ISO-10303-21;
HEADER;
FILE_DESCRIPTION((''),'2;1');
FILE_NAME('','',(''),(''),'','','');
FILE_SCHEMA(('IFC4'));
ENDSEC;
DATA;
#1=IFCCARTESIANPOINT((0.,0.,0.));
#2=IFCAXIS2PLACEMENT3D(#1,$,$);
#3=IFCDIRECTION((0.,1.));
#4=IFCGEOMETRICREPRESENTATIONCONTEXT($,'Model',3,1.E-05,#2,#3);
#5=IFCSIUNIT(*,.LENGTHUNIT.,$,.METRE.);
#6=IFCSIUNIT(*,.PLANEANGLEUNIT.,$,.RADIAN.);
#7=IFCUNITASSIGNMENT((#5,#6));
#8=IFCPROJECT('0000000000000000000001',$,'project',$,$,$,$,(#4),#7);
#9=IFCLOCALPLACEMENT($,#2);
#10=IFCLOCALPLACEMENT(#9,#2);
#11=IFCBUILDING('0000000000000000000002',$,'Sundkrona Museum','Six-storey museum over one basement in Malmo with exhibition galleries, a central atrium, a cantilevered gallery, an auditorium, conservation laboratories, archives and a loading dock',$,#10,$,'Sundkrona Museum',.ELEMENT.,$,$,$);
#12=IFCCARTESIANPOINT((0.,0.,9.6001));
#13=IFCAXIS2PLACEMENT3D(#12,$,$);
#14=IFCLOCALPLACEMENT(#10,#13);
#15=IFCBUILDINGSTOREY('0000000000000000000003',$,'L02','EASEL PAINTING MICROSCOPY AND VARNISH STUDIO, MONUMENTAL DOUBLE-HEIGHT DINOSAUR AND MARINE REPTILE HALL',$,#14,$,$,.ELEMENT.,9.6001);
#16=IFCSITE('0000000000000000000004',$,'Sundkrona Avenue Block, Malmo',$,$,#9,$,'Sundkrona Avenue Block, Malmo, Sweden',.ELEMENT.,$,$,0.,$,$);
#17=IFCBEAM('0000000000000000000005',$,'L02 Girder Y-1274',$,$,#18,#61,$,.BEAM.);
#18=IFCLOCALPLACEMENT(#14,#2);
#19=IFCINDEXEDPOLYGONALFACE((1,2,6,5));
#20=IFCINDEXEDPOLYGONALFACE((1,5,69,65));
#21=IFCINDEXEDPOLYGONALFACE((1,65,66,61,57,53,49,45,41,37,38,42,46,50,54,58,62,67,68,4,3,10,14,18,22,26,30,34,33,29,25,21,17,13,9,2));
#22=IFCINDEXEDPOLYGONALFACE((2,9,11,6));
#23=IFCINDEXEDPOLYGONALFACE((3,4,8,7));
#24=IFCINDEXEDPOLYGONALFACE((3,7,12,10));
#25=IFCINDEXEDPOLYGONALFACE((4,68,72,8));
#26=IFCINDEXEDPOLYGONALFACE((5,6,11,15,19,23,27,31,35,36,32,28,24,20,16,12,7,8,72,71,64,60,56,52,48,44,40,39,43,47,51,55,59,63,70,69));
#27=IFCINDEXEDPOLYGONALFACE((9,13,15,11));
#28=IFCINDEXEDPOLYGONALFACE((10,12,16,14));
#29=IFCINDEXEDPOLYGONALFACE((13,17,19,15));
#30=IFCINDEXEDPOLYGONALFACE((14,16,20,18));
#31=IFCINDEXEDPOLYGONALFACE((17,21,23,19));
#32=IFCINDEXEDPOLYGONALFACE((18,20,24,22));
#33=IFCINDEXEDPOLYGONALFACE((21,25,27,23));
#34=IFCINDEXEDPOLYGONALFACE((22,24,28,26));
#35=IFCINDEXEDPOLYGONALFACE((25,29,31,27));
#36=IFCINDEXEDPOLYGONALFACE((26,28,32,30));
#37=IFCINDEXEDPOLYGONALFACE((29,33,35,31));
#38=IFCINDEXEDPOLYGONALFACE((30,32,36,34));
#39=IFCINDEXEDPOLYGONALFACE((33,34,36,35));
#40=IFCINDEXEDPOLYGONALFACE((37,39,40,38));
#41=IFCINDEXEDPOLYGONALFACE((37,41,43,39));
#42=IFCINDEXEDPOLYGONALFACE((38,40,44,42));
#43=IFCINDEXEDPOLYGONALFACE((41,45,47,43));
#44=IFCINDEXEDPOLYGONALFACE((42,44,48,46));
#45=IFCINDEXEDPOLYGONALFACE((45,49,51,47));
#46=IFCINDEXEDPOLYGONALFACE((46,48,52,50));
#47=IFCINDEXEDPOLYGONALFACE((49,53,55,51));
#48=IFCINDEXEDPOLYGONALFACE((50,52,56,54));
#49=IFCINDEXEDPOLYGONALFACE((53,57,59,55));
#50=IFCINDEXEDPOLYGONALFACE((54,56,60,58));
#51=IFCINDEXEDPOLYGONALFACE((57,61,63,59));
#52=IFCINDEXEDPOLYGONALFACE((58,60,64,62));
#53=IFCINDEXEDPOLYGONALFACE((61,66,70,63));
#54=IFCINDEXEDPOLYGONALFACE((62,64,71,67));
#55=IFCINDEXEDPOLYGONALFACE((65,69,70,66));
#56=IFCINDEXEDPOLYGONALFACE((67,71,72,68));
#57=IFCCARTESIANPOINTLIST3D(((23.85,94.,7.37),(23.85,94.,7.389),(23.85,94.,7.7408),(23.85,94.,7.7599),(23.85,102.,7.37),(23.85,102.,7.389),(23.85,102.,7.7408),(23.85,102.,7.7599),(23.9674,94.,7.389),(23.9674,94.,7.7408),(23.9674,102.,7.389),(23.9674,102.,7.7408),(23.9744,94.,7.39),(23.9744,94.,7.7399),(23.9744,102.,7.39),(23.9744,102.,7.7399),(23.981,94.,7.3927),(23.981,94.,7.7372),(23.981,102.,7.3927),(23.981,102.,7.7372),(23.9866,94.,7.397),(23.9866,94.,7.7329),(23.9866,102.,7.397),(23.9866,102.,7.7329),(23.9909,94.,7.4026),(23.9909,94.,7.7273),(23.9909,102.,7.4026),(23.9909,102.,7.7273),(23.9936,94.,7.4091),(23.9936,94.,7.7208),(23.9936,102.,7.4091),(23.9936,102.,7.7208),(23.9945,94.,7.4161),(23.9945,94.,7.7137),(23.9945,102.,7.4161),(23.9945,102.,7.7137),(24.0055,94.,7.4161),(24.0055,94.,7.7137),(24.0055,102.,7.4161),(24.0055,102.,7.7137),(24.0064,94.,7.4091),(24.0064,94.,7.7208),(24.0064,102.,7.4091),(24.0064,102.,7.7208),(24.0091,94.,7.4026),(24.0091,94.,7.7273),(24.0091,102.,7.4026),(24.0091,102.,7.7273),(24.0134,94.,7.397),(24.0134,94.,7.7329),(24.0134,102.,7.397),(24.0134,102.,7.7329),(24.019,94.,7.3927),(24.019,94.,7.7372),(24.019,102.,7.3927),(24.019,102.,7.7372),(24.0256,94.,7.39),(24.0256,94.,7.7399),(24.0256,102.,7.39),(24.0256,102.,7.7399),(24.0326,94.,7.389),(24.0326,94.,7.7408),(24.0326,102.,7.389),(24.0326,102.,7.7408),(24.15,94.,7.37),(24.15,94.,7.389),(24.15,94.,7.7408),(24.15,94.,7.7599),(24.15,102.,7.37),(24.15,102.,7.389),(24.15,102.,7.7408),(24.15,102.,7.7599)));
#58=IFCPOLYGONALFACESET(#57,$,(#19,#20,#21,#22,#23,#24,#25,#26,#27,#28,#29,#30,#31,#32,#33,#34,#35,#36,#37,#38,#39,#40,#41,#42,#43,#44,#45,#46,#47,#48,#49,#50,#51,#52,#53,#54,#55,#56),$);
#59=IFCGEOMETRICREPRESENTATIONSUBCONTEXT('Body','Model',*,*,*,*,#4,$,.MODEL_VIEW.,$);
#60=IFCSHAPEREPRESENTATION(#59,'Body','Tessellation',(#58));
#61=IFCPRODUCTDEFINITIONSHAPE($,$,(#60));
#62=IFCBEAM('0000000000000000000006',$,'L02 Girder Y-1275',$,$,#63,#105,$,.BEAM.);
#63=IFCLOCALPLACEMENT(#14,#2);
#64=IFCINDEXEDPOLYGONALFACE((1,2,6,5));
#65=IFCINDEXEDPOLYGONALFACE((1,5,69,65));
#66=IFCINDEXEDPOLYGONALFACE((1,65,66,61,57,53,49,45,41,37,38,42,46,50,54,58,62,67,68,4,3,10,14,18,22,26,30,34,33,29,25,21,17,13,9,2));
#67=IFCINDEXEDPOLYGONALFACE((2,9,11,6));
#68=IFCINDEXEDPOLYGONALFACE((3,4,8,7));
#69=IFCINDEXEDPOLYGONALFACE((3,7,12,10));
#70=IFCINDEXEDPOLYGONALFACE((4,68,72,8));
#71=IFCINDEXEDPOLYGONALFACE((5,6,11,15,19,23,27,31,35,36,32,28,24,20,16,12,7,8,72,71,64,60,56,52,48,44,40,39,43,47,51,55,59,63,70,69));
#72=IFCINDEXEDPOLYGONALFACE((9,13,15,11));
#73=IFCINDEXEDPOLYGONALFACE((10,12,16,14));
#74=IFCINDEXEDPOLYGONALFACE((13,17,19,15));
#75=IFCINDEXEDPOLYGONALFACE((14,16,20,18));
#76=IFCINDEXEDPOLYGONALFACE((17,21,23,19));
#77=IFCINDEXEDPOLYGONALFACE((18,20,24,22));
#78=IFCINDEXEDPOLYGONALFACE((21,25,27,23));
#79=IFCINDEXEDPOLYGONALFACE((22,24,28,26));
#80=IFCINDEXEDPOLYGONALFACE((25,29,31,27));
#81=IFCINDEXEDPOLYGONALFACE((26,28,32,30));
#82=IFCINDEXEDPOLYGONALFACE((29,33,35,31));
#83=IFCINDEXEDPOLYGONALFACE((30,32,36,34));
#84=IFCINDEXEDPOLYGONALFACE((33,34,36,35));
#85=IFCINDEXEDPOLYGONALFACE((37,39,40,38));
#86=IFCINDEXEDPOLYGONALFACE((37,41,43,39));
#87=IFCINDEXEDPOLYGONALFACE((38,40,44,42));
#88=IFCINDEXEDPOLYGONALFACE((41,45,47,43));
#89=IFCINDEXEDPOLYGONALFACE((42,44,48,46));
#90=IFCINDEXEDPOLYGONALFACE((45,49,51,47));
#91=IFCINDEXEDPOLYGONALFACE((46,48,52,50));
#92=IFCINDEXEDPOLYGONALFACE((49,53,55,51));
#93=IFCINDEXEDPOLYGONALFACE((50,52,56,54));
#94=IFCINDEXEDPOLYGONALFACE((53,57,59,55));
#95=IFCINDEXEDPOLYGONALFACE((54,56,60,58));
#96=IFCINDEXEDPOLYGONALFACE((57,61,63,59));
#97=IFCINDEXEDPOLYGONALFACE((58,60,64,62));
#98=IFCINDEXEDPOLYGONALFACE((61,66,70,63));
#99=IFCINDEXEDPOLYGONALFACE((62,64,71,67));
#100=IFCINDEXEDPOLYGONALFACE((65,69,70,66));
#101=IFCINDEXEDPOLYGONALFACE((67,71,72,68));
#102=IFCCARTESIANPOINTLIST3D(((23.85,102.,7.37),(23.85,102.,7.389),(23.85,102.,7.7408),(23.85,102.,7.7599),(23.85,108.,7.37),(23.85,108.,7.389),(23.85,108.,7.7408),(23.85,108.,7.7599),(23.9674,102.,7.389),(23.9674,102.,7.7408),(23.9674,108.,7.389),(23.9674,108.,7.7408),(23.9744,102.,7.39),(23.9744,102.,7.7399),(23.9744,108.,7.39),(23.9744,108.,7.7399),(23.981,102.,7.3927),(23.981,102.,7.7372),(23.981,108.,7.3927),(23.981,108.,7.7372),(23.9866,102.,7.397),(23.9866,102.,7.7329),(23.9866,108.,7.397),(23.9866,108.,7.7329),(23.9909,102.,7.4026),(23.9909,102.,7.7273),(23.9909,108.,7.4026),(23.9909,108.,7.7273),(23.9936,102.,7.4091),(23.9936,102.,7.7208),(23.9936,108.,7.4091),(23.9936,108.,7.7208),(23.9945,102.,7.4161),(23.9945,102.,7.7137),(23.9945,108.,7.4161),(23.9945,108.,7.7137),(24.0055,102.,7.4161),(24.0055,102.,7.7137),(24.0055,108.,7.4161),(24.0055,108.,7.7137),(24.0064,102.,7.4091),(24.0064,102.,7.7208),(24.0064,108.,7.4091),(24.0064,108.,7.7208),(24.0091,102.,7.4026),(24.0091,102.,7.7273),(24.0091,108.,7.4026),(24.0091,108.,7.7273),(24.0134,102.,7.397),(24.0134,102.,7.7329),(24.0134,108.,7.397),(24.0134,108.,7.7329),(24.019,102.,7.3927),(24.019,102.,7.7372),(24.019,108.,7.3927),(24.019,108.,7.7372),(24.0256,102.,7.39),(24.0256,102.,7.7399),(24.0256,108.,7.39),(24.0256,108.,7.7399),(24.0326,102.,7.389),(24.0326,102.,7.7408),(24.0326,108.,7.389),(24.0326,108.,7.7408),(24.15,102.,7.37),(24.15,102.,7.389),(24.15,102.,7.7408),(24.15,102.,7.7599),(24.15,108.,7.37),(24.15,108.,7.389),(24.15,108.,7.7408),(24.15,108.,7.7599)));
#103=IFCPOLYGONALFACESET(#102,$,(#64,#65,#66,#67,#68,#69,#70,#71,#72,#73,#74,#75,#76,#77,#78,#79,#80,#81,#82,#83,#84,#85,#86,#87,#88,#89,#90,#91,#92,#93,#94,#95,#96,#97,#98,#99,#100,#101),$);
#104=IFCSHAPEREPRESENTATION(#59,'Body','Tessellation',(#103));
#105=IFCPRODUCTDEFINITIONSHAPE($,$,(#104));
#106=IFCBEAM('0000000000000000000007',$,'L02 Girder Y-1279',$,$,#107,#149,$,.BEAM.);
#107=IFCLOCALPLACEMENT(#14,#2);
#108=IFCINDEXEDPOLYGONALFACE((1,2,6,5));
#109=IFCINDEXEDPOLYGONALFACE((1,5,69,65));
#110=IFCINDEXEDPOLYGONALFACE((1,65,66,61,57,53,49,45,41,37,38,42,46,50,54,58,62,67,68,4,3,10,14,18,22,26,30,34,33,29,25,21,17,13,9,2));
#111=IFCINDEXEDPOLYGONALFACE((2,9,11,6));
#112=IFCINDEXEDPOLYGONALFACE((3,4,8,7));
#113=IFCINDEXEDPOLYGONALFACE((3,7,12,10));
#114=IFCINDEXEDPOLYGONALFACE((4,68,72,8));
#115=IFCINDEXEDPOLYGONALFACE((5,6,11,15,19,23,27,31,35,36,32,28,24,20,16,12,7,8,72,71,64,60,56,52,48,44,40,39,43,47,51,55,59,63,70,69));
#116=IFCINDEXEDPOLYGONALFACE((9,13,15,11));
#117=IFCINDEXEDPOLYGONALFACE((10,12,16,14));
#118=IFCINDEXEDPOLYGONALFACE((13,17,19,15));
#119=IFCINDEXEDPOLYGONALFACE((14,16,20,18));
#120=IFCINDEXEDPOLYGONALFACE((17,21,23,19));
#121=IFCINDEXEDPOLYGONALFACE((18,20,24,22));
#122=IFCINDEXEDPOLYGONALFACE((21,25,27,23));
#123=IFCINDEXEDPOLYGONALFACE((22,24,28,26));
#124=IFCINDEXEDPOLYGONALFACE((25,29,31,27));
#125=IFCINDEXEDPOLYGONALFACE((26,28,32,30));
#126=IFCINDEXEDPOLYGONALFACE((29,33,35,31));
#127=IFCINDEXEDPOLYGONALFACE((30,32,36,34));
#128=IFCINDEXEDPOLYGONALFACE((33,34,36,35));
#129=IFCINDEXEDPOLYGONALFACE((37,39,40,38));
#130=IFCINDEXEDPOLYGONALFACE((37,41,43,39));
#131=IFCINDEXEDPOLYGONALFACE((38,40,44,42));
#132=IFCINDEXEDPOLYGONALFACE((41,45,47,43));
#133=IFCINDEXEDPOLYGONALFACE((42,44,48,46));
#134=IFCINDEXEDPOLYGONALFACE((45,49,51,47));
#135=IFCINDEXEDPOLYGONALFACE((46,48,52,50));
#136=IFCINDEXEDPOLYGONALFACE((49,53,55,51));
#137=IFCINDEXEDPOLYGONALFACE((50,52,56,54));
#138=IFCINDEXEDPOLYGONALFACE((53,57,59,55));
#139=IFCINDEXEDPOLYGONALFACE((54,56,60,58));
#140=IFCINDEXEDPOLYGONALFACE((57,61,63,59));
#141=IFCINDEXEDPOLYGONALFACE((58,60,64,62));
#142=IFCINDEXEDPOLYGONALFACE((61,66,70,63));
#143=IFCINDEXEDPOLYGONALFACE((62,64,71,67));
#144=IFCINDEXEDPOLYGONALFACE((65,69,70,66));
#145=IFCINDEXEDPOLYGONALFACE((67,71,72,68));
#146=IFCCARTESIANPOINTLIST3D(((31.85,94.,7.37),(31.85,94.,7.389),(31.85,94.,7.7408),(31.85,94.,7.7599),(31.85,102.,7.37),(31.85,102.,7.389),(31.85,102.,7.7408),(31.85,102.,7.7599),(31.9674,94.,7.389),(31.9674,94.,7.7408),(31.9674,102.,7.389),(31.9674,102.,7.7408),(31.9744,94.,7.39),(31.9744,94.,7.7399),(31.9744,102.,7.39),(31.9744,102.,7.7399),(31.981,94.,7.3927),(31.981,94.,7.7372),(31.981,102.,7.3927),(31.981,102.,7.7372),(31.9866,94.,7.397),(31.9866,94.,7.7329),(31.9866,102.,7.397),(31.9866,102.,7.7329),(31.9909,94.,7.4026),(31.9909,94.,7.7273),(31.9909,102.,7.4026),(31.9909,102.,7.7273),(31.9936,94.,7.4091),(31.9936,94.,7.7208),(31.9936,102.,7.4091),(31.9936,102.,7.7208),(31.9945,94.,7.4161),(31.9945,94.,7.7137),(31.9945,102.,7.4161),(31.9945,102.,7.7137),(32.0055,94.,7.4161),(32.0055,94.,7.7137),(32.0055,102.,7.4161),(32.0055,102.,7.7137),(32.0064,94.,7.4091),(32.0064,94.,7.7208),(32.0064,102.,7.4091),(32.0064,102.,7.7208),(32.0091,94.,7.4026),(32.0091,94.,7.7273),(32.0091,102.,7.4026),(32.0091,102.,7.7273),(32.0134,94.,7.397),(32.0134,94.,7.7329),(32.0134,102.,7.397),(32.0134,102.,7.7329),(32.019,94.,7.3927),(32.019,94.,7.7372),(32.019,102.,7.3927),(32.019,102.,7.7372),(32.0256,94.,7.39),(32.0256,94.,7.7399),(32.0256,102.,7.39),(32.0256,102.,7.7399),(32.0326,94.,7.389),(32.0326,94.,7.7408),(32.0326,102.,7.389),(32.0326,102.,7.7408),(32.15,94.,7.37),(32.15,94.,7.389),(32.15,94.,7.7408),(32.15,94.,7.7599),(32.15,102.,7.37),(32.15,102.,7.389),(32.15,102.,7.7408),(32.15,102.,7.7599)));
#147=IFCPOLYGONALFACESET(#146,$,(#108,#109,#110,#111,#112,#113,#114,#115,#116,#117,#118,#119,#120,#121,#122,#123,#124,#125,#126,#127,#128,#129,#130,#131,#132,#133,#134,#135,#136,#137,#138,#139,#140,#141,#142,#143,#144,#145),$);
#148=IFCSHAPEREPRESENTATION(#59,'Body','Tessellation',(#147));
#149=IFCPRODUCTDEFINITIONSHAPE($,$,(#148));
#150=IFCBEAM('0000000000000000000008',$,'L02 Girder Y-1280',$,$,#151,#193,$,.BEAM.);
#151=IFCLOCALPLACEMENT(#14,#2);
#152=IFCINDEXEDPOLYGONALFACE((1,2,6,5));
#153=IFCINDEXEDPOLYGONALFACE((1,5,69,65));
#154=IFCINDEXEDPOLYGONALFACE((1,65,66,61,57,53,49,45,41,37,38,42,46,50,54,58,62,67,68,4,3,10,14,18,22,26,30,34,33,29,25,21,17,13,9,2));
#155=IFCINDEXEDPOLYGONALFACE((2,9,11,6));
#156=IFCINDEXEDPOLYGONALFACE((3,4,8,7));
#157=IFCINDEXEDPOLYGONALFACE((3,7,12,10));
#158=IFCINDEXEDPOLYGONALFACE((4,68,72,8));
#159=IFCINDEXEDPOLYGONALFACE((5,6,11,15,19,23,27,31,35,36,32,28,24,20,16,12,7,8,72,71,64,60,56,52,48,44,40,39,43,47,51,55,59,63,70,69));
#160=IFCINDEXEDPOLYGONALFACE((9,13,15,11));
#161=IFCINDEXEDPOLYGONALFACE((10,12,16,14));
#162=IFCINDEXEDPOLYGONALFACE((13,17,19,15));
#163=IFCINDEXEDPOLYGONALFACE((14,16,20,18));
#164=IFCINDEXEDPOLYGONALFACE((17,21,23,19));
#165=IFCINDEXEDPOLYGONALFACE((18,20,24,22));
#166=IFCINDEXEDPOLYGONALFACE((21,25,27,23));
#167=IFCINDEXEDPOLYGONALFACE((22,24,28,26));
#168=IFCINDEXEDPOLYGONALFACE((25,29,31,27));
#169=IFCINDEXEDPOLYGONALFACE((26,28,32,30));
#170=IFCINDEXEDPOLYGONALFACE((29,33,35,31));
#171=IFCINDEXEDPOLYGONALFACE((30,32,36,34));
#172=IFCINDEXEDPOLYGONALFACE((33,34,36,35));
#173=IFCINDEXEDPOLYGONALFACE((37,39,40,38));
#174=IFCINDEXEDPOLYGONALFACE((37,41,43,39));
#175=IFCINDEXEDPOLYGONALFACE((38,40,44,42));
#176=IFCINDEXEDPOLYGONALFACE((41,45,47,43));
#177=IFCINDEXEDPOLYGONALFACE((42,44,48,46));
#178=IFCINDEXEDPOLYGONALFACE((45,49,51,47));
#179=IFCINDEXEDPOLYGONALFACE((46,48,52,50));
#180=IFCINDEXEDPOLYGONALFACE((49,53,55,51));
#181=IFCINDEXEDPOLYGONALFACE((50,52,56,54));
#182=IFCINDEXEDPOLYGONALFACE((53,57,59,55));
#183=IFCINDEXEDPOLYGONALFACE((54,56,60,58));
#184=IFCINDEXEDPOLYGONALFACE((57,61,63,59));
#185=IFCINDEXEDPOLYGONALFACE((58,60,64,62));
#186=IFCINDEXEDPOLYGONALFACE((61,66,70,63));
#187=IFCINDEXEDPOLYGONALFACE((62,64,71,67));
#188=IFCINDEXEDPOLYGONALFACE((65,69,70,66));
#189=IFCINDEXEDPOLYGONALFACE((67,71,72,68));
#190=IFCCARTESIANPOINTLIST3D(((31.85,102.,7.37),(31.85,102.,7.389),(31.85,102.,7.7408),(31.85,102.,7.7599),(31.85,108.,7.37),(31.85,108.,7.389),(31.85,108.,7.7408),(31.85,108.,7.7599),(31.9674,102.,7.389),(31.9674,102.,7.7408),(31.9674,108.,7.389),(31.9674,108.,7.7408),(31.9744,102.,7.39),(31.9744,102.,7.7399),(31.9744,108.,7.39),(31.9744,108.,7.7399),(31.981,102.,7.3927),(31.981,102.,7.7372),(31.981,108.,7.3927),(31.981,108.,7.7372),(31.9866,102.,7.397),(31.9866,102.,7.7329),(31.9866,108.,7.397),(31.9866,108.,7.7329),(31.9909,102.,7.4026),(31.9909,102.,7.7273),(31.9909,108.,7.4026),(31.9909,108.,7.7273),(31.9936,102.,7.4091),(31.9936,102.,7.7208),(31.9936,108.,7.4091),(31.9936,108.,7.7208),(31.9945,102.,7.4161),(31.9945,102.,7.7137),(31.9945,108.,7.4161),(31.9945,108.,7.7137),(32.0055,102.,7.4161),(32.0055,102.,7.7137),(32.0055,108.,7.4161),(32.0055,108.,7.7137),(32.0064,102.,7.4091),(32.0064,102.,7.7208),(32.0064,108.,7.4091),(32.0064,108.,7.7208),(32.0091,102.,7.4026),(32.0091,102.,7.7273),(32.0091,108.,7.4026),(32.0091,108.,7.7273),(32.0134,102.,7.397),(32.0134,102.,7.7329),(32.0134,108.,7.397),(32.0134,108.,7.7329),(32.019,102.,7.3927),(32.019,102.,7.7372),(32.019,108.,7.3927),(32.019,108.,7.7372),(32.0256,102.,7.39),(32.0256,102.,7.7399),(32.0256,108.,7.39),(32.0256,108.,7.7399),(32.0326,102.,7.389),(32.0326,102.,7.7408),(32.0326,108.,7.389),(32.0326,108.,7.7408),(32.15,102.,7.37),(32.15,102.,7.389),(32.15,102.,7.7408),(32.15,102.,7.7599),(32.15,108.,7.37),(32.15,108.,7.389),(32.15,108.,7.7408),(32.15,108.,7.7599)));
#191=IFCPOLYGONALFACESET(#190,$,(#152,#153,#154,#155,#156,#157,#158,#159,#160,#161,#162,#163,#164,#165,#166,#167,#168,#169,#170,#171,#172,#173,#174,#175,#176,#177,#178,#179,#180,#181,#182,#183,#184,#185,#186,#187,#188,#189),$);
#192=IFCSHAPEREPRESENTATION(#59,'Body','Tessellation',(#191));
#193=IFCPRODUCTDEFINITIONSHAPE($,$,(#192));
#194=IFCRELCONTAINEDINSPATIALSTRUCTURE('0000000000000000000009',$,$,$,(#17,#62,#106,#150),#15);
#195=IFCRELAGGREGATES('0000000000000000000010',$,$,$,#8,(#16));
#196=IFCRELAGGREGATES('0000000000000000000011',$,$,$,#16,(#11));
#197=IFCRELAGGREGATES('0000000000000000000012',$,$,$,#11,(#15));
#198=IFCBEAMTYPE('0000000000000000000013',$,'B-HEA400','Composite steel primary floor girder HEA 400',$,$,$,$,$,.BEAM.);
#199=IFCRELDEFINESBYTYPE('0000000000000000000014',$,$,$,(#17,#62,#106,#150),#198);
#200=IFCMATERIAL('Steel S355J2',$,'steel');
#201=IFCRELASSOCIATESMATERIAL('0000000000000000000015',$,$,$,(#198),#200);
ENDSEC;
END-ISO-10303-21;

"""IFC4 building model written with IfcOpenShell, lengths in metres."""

from ifc_helpers import new_model, si_unit, direction, frame, origin, origin_2d, place, context, subcontext, project, spatial, i_section, extrude, material, material_profile, profile_set, type_object, element, save


model = new_model("IFC4")

# Units and contexts
model_context = context("Model", 3, precision=1e-05, world=origin(), true_north=direction((0.0, 1.0)))
body_context = subcontext(model_context, "Body", "Model", "MODEL_VIEW")
ifc_project = project(units=[si_unit("LENGTHUNIT", "METRE"), si_unit("PLANEANGLEUNIT", "RADIAN")], contexts=[model_context])

# Site, building, storey
site_placement = place(None, origin())
site = spatial("IfcSite", under=ifc_project, at=site_placement, Name="Sundkrona Avenue Block, Malmo", LongName="Sundkrona Avenue Block, Malmo, Sweden", CompositionType="ELEMENT", RefElevation=0.0)
building_placement = place(site_placement, origin())
building = spatial("IfcBuilding", under=site, at=building_placement, Name="Sundkrona Museum", Description="Six-storey museum over one basement in Malmo with exhibition galleries, a central atrium, a cantilevered gallery, an auditorium, conservation laboratories, archives and a loading dock", LongName="Sundkrona Museum", CompositionType="ELEMENT")
storey_placement = place(building_placement, frame((0.0, 0.0, 9.6001)))
storey = spatial("IfcBuildingStorey", under=building, at=storey_placement, Name="L02", Description="EASEL PAINTING MICROSCOPY AND VARNISH STUDIO, MONUMENTAL DOUBLE-HEIGHT DINOSAUR AND MARINE REPTILE HALL", CompositionType="ELEMENT", Elevation=9.6001)

# Shared definitions
ifc_material_1 = material(Name="Steel S355J2", Category="steel")

# Beams
ifc_material_profile_1 = material_profile(ifc_material_1, i_section(OverallWidth=0.3, OverallDepth=0.3899, WebThickness=0.011, FlangeThickness=0.019, FilletRadius=0.0271, at=origin_2d()), Name="HEA 400")
ifc_profile_set_1 = profile_set([ifc_material_profile_1], Name="Steel S355J2")
beam_type_1 = type_object("IfcBeamType", Name="B-HEA400", Description="Composite steel primary floor girder HEA 400", PredefinedType="BEAM", material=ifc_profile_set_1)
for number, where, z_axis, x_axis, name in (
    (1, (24.0, 94.0, 7.5649), (0.0, 1.0, 0.0), (-1.0, 0.0, 0.0), "L02 Girder Y-1274"),
):
    element("IfcBeam", number, at=place(storey_placement, frame(where, z_axis=z_axis, x_axis=x_axis)), inside=storey, type_object=beam_type_1, Name=name, PredefinedType="BEAM", context=body_context, shape_type="SweptSolid", body=[
        extrude(i_section(OverallWidth=0.3, OverallDepth=0.3899, WebThickness=0.011, FlangeThickness=0.019, FilletRadius=0.0271, at=origin_2d()), origin(), (0.0, 0.0, 1.0), 8.0),
    ])
beam_1_placement = place(storey_placement, frame((24.0, 102.0, 7.5649), z_axis=(0.0, 1.0, 0.0), x_axis=(-1.0, 0.0, 0.0)))
element("IfcBeam", 2, at=beam_1_placement, inside=storey, type_object=beam_type_1, Name="L02 Girder Y-1275", PredefinedType="BEAM", context=body_context, shape_type="SweptSolid", body=[
    extrude(i_section(OverallWidth=0.3, OverallDepth=0.3899, WebThickness=0.011, FlangeThickness=0.019, FilletRadius=0.0271, at=origin_2d()), origin(), (0.0, 0.0, 1.0), 6.0),
])
beam_2_placement = place(storey_placement, frame((32.0, 94.0, 7.5649), z_axis=(0.0, 1.0, 0.0), x_axis=(-1.0, 0.0, 0.0)))
element("IfcBeam", 3, at=beam_2_placement, inside=storey, type_object=beam_type_1, Name="L02 Girder Y-1279", PredefinedType="BEAM", context=body_context, shape_type="SweptSolid", body=[
    extrude(i_section(OverallWidth=0.3, OverallDepth=0.3899, WebThickness=0.011, FlangeThickness=0.019, FilletRadius=0.0271, at=origin_2d()), origin(), (0.0, 0.0, 1.0), 8.0),
])
beam_3_placement = place(storey_placement, frame((32.0, 102.0, 7.5649), z_axis=(0.0, 1.0, 0.0), x_axis=(-1.0, 0.0, 0.0)))
element("IfcBeam", 4, at=beam_3_placement, inside=storey, type_object=beam_type_1, Name="L02 Girder Y-1280", PredefinedType="BEAM", context=body_context, shape_type="SweptSolid", body=[
    extrude(i_section(OverallWidth=0.3, OverallDepth=0.3899, WebThickness=0.011, FlangeThickness=0.019, FilletRadius=0.0271, at=origin_2d()), origin(), (0.0, 0.0, 1.0), 6.0),
])

save(model, "model.ifc")
